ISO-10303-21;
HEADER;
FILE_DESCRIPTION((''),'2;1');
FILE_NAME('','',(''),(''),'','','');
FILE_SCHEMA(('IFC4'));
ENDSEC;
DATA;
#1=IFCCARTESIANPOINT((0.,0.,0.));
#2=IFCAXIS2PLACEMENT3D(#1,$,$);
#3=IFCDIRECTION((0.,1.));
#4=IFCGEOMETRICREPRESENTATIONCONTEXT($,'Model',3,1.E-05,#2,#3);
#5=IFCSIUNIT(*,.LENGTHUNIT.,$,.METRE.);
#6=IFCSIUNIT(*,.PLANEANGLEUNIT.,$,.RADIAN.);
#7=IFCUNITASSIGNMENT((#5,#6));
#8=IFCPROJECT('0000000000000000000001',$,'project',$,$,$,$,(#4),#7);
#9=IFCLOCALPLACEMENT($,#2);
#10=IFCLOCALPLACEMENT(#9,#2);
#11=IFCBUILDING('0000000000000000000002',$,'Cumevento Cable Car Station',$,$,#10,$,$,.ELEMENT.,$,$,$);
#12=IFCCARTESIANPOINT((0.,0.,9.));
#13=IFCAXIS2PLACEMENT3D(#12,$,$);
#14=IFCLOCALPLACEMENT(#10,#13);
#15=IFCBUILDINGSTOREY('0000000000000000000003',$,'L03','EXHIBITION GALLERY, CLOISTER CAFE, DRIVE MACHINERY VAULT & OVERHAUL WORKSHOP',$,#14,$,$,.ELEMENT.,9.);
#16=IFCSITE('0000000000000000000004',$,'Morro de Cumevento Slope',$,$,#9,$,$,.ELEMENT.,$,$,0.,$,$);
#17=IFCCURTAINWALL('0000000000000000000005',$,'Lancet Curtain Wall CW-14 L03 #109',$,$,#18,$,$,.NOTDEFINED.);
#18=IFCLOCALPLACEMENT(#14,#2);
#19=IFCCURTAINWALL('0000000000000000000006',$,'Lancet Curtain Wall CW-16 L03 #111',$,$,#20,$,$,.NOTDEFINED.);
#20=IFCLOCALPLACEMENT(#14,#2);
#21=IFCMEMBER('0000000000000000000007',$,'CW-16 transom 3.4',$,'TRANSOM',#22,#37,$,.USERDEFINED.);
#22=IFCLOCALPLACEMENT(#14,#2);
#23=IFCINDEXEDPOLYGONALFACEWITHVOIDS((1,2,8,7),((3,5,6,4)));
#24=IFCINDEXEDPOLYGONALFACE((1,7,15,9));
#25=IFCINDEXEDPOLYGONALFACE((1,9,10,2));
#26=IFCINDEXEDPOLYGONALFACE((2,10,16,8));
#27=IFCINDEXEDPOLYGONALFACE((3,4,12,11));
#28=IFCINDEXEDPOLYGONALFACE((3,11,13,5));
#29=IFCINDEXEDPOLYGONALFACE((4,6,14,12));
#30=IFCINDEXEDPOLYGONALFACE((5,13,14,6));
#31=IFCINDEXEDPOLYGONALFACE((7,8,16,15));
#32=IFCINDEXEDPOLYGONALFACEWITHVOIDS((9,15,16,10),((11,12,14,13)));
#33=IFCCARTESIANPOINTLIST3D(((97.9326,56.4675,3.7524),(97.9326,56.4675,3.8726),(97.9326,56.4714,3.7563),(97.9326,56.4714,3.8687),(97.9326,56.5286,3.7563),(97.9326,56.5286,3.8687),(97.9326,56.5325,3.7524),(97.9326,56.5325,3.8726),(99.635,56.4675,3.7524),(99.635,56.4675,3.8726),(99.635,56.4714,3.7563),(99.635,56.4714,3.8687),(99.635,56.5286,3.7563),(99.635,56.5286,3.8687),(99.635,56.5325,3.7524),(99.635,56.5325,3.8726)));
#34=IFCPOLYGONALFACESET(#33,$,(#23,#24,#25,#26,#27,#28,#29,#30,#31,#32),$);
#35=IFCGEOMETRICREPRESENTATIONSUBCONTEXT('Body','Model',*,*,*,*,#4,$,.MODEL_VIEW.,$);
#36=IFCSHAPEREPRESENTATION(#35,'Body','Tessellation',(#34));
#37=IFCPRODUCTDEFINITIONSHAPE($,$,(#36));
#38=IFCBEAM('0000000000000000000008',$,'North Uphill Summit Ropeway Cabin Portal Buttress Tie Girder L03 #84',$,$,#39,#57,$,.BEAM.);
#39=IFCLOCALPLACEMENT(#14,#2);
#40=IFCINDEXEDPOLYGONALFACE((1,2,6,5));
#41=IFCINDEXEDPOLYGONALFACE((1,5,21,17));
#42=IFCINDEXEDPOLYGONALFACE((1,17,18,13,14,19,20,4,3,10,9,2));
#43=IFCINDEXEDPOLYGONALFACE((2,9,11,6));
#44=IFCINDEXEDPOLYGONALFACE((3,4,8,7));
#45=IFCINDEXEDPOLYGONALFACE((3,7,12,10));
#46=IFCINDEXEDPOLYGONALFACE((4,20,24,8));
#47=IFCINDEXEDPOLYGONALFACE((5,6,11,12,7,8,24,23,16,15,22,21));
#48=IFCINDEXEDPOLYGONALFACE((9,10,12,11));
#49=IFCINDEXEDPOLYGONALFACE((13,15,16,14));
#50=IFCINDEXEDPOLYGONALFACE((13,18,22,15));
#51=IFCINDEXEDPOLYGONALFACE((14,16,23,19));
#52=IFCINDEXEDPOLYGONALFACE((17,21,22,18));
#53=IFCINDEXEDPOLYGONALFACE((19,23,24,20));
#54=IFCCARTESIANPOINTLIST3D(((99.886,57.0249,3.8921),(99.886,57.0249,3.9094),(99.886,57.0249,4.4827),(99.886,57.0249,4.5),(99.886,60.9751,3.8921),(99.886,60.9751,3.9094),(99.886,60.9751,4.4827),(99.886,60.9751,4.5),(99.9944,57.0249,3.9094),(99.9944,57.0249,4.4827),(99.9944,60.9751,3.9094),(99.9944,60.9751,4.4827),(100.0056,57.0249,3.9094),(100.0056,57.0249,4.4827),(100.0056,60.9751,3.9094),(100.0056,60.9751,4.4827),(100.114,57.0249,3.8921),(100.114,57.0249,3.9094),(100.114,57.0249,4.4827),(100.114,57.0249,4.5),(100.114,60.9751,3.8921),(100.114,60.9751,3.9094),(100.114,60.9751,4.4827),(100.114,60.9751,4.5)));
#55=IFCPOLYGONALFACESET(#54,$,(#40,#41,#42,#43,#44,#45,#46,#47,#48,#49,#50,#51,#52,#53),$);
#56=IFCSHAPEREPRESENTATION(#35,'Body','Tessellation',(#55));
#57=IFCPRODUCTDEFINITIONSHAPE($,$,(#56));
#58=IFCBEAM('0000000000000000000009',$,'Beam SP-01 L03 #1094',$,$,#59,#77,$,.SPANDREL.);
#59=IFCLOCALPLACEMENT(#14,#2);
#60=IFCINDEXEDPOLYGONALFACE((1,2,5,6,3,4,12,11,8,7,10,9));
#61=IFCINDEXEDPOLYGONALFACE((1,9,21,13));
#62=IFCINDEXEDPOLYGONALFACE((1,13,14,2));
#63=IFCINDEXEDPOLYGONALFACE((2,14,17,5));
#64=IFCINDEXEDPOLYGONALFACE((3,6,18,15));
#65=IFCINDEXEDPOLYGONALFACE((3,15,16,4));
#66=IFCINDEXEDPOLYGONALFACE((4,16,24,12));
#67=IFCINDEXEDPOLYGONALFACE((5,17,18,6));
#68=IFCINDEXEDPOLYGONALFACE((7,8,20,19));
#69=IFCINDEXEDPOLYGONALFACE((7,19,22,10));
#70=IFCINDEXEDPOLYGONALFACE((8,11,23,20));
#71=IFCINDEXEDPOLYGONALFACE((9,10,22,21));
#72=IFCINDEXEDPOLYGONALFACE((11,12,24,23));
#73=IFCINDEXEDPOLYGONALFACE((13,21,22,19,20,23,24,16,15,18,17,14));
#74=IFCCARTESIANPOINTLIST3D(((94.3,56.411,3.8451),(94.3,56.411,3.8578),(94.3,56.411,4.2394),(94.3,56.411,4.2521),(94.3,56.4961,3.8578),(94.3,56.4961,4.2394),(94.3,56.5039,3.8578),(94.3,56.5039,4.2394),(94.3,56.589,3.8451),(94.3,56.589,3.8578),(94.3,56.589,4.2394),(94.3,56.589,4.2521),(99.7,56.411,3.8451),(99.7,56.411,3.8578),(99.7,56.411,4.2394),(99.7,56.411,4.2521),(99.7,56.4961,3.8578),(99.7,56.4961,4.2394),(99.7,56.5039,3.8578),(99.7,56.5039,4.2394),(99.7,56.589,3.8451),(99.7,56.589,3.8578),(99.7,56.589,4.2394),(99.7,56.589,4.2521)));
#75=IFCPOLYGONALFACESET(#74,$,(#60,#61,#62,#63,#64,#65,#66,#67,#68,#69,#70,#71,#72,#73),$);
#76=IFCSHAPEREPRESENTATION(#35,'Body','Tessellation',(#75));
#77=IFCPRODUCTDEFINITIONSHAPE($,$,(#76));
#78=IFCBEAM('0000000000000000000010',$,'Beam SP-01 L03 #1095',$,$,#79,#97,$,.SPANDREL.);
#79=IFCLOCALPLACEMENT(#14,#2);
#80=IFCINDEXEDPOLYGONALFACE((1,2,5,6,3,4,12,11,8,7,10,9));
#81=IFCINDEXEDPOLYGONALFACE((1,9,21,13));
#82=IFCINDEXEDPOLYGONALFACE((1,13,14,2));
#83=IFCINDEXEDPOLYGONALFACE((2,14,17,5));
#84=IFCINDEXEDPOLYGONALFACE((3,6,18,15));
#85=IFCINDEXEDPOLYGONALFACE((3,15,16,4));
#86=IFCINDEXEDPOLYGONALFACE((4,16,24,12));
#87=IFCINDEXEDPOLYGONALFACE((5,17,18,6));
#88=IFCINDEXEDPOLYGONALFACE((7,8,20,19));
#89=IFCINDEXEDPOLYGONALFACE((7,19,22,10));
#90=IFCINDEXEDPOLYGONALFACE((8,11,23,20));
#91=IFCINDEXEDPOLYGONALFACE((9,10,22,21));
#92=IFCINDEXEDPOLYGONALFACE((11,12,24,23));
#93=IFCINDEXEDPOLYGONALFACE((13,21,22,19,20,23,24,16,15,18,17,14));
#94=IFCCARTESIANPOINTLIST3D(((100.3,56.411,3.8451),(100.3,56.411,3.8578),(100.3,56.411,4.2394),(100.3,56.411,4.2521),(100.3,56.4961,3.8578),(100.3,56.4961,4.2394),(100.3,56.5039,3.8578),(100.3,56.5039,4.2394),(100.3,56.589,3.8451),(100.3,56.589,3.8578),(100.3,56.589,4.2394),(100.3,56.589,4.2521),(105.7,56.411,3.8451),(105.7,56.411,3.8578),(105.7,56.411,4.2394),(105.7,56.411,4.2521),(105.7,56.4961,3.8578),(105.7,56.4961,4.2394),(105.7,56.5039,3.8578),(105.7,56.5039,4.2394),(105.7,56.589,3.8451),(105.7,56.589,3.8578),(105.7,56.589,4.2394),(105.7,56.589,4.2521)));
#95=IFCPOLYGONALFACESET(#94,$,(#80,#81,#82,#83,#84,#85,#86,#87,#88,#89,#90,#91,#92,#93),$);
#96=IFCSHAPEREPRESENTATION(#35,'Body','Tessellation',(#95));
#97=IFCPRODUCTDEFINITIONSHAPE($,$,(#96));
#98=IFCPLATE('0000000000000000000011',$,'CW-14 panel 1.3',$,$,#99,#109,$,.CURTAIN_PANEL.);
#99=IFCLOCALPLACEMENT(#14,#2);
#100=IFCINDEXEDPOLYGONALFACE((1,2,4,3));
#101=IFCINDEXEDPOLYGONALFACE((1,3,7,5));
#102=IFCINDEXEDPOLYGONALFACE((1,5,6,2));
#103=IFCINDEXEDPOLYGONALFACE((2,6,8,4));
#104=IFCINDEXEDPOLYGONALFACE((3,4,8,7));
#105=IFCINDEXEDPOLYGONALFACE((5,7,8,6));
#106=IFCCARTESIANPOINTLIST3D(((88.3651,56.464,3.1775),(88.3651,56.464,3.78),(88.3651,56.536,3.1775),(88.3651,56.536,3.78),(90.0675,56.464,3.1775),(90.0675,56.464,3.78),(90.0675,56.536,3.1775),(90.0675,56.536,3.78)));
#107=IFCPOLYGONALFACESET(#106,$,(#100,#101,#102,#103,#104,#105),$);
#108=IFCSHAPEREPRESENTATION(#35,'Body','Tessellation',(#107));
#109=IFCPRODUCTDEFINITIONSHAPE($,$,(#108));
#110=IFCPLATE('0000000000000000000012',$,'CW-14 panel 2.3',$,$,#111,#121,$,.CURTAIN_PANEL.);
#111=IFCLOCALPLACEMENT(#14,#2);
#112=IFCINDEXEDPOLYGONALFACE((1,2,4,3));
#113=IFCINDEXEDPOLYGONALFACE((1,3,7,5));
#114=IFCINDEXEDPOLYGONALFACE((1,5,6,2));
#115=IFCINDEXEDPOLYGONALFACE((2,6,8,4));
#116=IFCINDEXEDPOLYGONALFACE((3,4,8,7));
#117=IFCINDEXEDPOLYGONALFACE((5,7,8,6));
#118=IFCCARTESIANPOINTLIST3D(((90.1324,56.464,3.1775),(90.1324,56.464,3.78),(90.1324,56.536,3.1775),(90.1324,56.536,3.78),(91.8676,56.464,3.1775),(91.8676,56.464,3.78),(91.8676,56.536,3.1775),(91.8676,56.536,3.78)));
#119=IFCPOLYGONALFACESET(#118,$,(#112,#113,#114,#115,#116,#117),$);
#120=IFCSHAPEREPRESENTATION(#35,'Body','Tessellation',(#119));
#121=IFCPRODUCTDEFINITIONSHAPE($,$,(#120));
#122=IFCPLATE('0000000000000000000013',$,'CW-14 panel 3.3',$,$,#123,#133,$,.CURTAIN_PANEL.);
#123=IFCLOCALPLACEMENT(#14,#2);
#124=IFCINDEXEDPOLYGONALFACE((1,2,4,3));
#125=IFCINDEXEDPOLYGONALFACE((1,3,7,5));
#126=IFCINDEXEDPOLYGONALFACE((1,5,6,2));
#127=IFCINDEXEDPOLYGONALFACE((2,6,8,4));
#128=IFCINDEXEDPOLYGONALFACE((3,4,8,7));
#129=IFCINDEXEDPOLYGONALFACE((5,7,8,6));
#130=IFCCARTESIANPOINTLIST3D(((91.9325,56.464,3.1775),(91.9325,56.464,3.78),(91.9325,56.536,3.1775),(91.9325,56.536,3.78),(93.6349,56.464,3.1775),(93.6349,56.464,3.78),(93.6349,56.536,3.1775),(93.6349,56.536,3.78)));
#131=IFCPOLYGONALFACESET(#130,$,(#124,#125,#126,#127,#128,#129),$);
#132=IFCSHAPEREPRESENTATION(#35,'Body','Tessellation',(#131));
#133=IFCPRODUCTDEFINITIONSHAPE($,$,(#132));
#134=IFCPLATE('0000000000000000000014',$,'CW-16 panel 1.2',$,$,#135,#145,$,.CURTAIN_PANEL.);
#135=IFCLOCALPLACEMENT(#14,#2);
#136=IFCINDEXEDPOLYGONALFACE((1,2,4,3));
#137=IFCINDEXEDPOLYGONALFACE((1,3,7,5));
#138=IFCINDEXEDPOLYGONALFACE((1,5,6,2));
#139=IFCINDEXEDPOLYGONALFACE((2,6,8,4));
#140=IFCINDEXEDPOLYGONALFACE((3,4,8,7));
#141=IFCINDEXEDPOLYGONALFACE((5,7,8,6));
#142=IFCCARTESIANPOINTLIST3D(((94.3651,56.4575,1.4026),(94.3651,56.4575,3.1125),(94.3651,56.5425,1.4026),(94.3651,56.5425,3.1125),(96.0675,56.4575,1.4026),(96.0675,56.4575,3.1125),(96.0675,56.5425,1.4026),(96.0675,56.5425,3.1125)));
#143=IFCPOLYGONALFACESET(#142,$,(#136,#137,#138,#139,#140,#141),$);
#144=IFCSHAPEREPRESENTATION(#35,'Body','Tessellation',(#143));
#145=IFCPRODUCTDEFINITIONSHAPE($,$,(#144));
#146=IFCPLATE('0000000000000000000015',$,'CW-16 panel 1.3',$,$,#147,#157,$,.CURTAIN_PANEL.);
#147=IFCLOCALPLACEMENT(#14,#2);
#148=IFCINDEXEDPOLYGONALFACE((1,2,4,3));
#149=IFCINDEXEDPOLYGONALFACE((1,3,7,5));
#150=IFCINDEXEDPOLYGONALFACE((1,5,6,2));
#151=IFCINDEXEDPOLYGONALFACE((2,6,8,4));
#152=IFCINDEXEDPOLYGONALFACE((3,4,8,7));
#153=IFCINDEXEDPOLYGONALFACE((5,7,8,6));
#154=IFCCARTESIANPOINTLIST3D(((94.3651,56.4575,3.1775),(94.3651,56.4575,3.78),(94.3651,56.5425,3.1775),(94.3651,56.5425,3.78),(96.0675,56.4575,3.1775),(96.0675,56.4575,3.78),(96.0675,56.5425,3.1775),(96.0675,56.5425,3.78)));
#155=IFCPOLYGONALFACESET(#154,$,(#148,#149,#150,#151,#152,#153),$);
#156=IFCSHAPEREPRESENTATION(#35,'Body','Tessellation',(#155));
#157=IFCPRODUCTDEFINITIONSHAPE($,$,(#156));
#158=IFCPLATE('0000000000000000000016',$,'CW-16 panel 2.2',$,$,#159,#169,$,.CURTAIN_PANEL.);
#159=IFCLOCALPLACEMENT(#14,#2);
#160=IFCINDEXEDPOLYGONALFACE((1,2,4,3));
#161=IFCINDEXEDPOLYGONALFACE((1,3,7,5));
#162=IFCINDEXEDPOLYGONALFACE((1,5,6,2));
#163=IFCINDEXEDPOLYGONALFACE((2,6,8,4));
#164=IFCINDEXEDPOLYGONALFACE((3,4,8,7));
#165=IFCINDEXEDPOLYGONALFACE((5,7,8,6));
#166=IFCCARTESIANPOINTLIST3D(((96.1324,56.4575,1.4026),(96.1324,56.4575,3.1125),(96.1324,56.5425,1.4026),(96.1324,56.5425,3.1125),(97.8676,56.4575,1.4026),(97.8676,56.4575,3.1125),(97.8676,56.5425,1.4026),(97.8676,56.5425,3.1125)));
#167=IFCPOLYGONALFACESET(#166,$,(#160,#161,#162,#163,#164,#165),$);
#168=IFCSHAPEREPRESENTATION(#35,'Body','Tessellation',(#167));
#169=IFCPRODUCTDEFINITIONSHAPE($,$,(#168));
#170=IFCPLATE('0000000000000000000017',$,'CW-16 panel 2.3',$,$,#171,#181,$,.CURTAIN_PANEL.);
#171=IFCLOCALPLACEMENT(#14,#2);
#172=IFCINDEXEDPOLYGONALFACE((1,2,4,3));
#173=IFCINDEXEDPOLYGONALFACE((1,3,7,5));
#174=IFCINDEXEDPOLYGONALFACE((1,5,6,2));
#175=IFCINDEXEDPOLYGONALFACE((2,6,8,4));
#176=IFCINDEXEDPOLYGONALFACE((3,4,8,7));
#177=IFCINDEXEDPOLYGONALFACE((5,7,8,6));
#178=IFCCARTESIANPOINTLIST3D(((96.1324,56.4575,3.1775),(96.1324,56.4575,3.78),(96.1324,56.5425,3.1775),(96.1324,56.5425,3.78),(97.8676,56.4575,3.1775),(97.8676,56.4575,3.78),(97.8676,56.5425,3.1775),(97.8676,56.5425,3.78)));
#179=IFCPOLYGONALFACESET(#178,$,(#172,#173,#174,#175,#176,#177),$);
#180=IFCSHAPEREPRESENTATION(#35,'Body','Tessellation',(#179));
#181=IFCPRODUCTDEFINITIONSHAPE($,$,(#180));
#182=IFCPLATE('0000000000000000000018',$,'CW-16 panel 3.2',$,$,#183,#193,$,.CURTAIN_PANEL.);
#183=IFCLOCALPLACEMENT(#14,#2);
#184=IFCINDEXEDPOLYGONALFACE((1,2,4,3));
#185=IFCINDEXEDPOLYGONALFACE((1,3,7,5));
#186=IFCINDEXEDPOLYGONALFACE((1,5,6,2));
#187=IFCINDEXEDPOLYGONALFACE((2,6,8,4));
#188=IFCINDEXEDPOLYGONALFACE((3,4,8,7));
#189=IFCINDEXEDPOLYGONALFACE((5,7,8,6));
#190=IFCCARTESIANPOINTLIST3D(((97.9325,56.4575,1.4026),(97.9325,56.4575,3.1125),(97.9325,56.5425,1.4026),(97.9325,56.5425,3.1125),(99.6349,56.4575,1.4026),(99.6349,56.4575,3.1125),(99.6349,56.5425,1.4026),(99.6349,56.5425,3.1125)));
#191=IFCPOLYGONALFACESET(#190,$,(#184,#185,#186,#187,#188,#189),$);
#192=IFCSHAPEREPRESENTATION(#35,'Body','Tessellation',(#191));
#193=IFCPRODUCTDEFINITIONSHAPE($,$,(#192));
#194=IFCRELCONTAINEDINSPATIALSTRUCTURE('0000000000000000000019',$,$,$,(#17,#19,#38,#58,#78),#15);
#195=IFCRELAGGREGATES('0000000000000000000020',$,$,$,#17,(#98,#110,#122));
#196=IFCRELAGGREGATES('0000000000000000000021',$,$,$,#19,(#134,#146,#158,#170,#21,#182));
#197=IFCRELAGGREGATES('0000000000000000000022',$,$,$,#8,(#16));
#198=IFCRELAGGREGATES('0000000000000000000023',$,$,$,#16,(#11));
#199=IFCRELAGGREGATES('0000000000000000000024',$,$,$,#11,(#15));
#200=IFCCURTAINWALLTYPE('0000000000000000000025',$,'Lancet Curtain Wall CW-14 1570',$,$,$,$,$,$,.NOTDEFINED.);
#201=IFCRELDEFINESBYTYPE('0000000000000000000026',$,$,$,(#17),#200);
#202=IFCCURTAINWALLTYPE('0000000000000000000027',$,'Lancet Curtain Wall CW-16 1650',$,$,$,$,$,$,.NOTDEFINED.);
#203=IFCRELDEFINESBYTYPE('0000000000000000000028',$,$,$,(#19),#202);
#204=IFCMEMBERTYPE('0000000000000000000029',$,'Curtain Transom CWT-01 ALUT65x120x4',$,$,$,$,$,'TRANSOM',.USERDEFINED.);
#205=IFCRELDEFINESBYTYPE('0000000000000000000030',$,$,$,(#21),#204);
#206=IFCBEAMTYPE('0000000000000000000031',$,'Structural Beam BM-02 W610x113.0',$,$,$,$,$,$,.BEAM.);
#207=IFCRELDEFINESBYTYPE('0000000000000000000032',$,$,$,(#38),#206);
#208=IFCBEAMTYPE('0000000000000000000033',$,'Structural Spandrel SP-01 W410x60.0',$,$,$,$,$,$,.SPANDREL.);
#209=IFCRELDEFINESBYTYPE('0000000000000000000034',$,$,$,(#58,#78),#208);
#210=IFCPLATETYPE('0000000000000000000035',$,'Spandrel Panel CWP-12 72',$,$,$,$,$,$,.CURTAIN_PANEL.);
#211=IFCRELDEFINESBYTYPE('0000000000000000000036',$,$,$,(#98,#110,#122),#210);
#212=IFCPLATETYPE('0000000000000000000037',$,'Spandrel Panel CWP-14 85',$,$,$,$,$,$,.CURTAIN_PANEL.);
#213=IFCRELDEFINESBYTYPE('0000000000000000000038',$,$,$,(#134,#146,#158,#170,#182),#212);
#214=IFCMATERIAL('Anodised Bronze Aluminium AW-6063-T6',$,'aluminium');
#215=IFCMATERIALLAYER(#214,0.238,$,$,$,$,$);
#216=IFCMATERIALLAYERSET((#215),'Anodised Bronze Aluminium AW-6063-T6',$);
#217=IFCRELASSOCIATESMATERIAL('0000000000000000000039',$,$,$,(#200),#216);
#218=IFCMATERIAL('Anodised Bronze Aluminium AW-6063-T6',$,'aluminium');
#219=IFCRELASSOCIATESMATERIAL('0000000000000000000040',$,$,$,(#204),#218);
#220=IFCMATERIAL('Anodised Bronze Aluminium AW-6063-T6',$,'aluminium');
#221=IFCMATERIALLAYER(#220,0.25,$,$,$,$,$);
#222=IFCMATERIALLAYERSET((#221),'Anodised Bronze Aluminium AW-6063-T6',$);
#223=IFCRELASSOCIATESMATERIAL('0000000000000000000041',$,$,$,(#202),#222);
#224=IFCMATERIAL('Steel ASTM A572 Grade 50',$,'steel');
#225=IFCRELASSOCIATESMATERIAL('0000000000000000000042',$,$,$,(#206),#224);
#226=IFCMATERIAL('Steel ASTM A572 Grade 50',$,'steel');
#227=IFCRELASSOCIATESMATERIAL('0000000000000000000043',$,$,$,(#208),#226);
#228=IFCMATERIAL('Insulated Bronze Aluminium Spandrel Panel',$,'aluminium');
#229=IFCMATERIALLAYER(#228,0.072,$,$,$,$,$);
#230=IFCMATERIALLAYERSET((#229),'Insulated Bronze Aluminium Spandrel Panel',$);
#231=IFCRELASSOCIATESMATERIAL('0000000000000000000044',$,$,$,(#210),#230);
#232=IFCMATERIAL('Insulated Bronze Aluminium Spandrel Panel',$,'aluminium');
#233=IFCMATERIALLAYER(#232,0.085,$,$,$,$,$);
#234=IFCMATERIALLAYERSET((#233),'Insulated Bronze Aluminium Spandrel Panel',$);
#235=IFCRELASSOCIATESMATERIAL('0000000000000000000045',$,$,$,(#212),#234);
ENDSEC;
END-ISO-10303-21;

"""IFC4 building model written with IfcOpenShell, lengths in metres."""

from ifc_helpers import new_model, si_unit, direction, frame, origin, origin_2d, place, context, subcontext, project, spatial, rectangle, hollow_rectangle, i_section, extrude, material, layer, layer_set, material_profile, profile_set, type_object, element, aggregate, save


model = new_model("IFC4")

# Units and contexts
model_context = context("Model", 3, precision=1e-05, world=origin(), true_north=direction((0.0, 1.0)))
body_context = subcontext(model_context, "Body", "Model", "MODEL_VIEW")
ifc_project = project(units=[si_unit("LENGTHUNIT", "METRE"), si_unit("PLANEANGLEUNIT", "RADIAN")], contexts=[model_context])

# Site, building, storey
site_placement = place(None, origin())
site = spatial("IfcSite", under=ifc_project, at=site_placement, Name="Morro de Cumevento Slope", CompositionType="ELEMENT", RefElevation=0.0)
building_placement = place(site_placement, origin())
building = spatial("IfcBuilding", under=site, at=building_placement, Name="Cumevento Cable Car Station", CompositionType="ELEMENT")
storey_placement = place(building_placement, frame((0.0, 0.0, 9.0)))
storey = spatial("IfcBuildingStorey", under=building, at=storey_placement, Name="L03", Description="EXHIBITION GALLERY, CLOISTER CAFE, DRIVE MACHINERY VAULT & OVERHAUL WORKSHOP", CompositionType="ELEMENT", Elevation=9.0)

# Curtain walls, member
ifc_material_1 = material(Name="Anodised Bronze Aluminium AW-6063-T6", Category="aluminium")
ifc_layer_1 = layer(ifc_material_1, 0.238)
ifc_layer_set_1 = layer_set([ifc_layer_1], Name="Anodised Bronze Aluminium AW-6063-T6")
curtain_wall_type_1 = type_object("IfcCurtainWallType", Name="Lancet Curtain Wall CW-14 1570", PredefinedType="NOTDEFINED", material=ifc_layer_set_1)
curtain_wall_1_placement = place(storey_placement, origin())
curtain_wall_1 = element("IfcCurtainWall", 1, at=curtain_wall_1_placement, inside=storey, type_object=curtain_wall_type_1, Name="Lancet Curtain Wall CW-14 L03 #109", PredefinedType="NOTDEFINED")
ifc_material_2 = material(Name="Anodised Bronze Aluminium AW-6063-T6", Category="aluminium")
ifc_material_profile_1 = material_profile(ifc_material_2, hollow_rectangle(XDim=0.0649, YDim=0.1201, WallThickness=0.0039, at=origin_2d()), Name="ALUT65x120x4")
ifc_profile_set_1 = profile_set([ifc_material_profile_1], Name="Anodised Bronze Aluminium AW-6063-T6")
member_type = type_object("IfcMemberType", Name="Curtain Transom CWT-01 ALUT65x120x4", ElementType="TRANSOM", PredefinedType="USERDEFINED", material=ifc_profile_set_1)
ifc_material_3 = material(Name="Anodised Bronze Aluminium AW-6063-T6", Category="aluminium")
ifc_layer_2 = layer(ifc_material_3, 0.25)
ifc_layer_set_2 = layer_set([ifc_layer_2], Name="Anodised Bronze Aluminium AW-6063-T6")
curtain_wall_type_2 = type_object("IfcCurtainWallType", Name="Lancet Curtain Wall CW-16 1650", PredefinedType="NOTDEFINED", material=ifc_layer_set_2)
curtain_wall_2_placement = place(storey_placement, origin())
curtain_wall_2 = element("IfcCurtainWall", 2, at=curtain_wall_2_placement, inside=storey, type_object=curtain_wall_type_2, Name="Lancet Curtain Wall CW-16 L03 #111", PredefinedType="NOTDEFINED")
member_1_placement = place(storey_placement, frame((97.9326, 56.5, 3.8125), z_axis=(1.0, 0.0, 0.0), x_axis=(0.0, 1.0, 0.0)))
member_1 = element("IfcMember", 3, at=member_1_placement, type_object=member_type, Name="CW-16 transom 3.4", ObjectType="TRANSOM", PredefinedType="USERDEFINED", context=body_context, shape_type="SweptSolid", body=[
    extrude(hollow_rectangle(XDim=0.0649, YDim=0.1201, WallThickness=0.0039, at=origin_2d()), origin(), (0.0, 0.0, 1.0), 1.7024),
])

# Beams
ifc_material_4 = material(Name="Steel ASTM A572 Grade 50", Category="steel")
ifc_material_profile_2 = material_profile(ifc_material_4, i_section(OverallWidth=0.228, OverallDepth=0.6079, WebThickness=0.0112, FlangeThickness=0.0173, at=origin_2d()), Name="W610x113.0")
ifc_profile_set_2 = profile_set([ifc_material_profile_2], Name="Steel ASTM A572 Grade 50")
beam_type_1 = type_object("IfcBeamType", Name="Structural Beam BM-02 W610x113.0", PredefinedType="BEAM", material=ifc_profile_set_2)
beam_placement = place(storey_placement, frame((100.0, 57.0249, 4.196), z_axis=(0.0, 1.0, 0.0), x_axis=(-1.0, 0.0, 0.0)))
element("IfcBeam", 4, at=beam_placement, inside=storey, type_object=beam_type_1, Name="North Uphill Summit Ropeway Cabin Portal Buttress Tie Girder L03 #84", PredefinedType="BEAM", context=body_context, shape_type="SweptSolid", body=[
    extrude(i_section(OverallWidth=0.228, OverallDepth=0.6079, WebThickness=0.0112, FlangeThickness=0.0173, at=origin_2d()), origin(), (0.0, 0.0, 1.0), 3.9502),
])
ifc_material_5 = material(Name="Steel ASTM A572 Grade 50", Category="steel")
ifc_material_profile_3 = material_profile(ifc_material_5, i_section(OverallWidth=0.178, OverallDepth=0.407, WebThickness=0.0078, FlangeThickness=0.0127, at=origin_2d()), Name="W410x60.0")
ifc_profile_set_3 = profile_set([ifc_material_profile_3], Name="Steel ASTM A572 Grade 50")
beam_type_2 = type_object("IfcBeamType", Name="Structural Spandrel SP-01 W410x60.0", PredefinedType="SPANDREL", material=ifc_profile_set_3)
for number, where, z_axis, x_axis, name in (
    (5, (94.3, 56.5, 4.0486), (1.0, 0.0, 0.0), (0.0, 1.0, 0.0), "Beam SP-01 L03 #1094"),
    (6, (100.3, 56.5, 4.0486), (1.0, 0.0, 0.0), (0.0, 1.0, 0.0), "Beam SP-01 L03 #1095"),
):
    element("IfcBeam", number, at=place(storey_placement, frame(where, z_axis=z_axis, x_axis=x_axis)), inside=storey, type_object=beam_type_2, Name=name, PredefinedType="SPANDREL", context=body_context, shape_type="SweptSolid", body=[
        extrude(i_section(OverallWidth=0.178, OverallDepth=0.407, WebThickness=0.0078, FlangeThickness=0.0127, at=origin_2d()), origin(), (0.0, 0.0, 1.0), 5.3999),
    ])

# Plates
ifc_material_6 = material(Name="Insulated Bronze Aluminium Spandrel Panel", Category="aluminium")
ifc_layer_3 = layer(ifc_material_6, 0.072)
ifc_layer_set_3 = layer_set([ifc_layer_3], Name="Insulated Bronze Aluminium Spandrel Panel")
plate_type_1 = type_object("IfcPlateType", Name="Spandrel Panel CWP-12 72", PredefinedType="CURTAIN_PANEL", material=ifc_layer_set_3)
plate_1_placement = place(storey_placement, frame((89.2163, 56.5, 3.1775), z_axis=(0.0, 0.0, 1.0), x_axis=(1.0, 0.0, 0.0)))
plate_1 = element("IfcPlate", 7, at=plate_1_placement, type_object=plate_type_1, Name="CW-14 panel 1.3", PredefinedType="CURTAIN_PANEL", context=body_context, shape_type="SweptSolid", body=[
    extrude(rectangle(XDim=1.7024, YDim=0.072, at=origin_2d()), origin(), (0.0, 0.0, 1.0), 0.6025),
])
plate_2_placement = place(storey_placement, frame((91.0, 56.5, 3.1775), z_axis=(0.0, 0.0, 1.0), x_axis=(1.0, 0.0, 0.0)))
plate_2 = element("IfcPlate", 8, at=plate_2_placement, type_object=plate_type_1, Name="CW-14 panel 2.3", PredefinedType="CURTAIN_PANEL", context=body_context, shape_type="SweptSolid", body=[
    extrude(rectangle(XDim=1.7351, YDim=0.072, at=origin_2d()), origin(), (0.0, 0.0, 1.0), 0.6025),
])
plate_3_placement = place(storey_placement, frame((92.7837, 56.5, 3.1775), z_axis=(0.0, 0.0, 1.0), x_axis=(1.0, 0.0, 0.0)))
plate_3 = element("IfcPlate", 9, at=plate_3_placement, type_object=plate_type_1, Name="CW-14 panel 3.3", PredefinedType="CURTAIN_PANEL", context=body_context, shape_type="SweptSolid", body=[
    extrude(rectangle(XDim=1.7024, YDim=0.072, at=origin_2d()), origin(), (0.0, 0.0, 1.0), 0.6025),
])
aggregate(curtain_wall_1, [plate_1, plate_2, plate_3])
ifc_material_7 = material(Name="Insulated Bronze Aluminium Spandrel Panel", Category="aluminium")
ifc_layer_4 = layer(ifc_material_7, 0.085)
ifc_layer_set_4 = layer_set([ifc_layer_4], Name="Insulated Bronze Aluminium Spandrel Panel")
plate_type_2 = type_object("IfcPlateType", Name="Spandrel Panel CWP-14 85", PredefinedType="CURTAIN_PANEL", material=ifc_layer_set_4)
plate_4_placement = place(storey_placement, frame((95.2163, 56.5, 1.4026), z_axis=(0.0, 0.0, 1.0), x_axis=(1.0, 0.0, 0.0)))
plate_4 = element("IfcPlate", 10, at=plate_4_placement, type_object=plate_type_2, Name="CW-16 panel 1.2", PredefinedType="CURTAIN_PANEL", context=body_context, shape_type="SweptSolid", body=[
    extrude(rectangle(XDim=1.7024, YDim=0.085, at=origin_2d()), origin(), (0.0, 0.0, 1.0), 1.71),
])
plate_5_placement = place(storey_placement, frame((95.2163, 56.5, 3.1775), z_axis=(0.0, 0.0, 1.0), x_axis=(1.0, 0.0, 0.0)))
plate_5 = element("IfcPlate", 11, at=plate_5_placement, type_object=plate_type_2, Name="CW-16 panel 1.3", PredefinedType="CURTAIN_PANEL", context=body_context, shape_type="SweptSolid", body=[
    extrude(rectangle(XDim=1.7024, YDim=0.085, at=origin_2d()), origin(), (0.0, 0.0, 1.0), 0.6025),
])
plate_6_placement = place(storey_placement, frame((97.0, 56.5, 1.4026), z_axis=(0.0, 0.0, 1.0), x_axis=(1.0, 0.0, 0.0)))
plate_6 = element("IfcPlate", 12, at=plate_6_placement, type_object=plate_type_2, Name="CW-16 panel 2.2", PredefinedType="CURTAIN_PANEL", context=body_context, shape_type="SweptSolid", body=[
    extrude(rectangle(XDim=1.7351, YDim=0.085, at=origin_2d()), origin(), (0.0, 0.0, 1.0), 1.71),
])
plate_7_placement = place(storey_placement, frame((97.0, 56.5, 3.1775), z_axis=(0.0, 0.0, 1.0), x_axis=(1.0, 0.0, 0.0)))
plate_7 = element("IfcPlate", 13, at=plate_7_placement, type_object=plate_type_2, Name="CW-16 panel 2.3", PredefinedType="CURTAIN_PANEL", context=body_context, shape_type="SweptSolid", body=[
    extrude(rectangle(XDim=1.7351, YDim=0.085, at=origin_2d()), origin(), (0.0, 0.0, 1.0), 0.6025),
])
plate_8_placement = place(storey_placement, frame((98.7837, 56.5, 1.4026), z_axis=(0.0, 0.0, 1.0), x_axis=(1.0, 0.0, 0.0)))
plate_8 = element("IfcPlate", 14, at=plate_8_placement, type_object=plate_type_2, Name="CW-16 panel 3.2", PredefinedType="CURTAIN_PANEL", context=body_context, shape_type="SweptSolid", body=[
    extrude(rectangle(XDim=1.7024, YDim=0.085, at=origin_2d()), origin(), (0.0, 0.0, 1.0), 1.71),
])
aggregate(curtain_wall_2, [plate_4, plate_5, plate_6, plate_7, member_1, plate_8])

save(model, "model.ifc")
